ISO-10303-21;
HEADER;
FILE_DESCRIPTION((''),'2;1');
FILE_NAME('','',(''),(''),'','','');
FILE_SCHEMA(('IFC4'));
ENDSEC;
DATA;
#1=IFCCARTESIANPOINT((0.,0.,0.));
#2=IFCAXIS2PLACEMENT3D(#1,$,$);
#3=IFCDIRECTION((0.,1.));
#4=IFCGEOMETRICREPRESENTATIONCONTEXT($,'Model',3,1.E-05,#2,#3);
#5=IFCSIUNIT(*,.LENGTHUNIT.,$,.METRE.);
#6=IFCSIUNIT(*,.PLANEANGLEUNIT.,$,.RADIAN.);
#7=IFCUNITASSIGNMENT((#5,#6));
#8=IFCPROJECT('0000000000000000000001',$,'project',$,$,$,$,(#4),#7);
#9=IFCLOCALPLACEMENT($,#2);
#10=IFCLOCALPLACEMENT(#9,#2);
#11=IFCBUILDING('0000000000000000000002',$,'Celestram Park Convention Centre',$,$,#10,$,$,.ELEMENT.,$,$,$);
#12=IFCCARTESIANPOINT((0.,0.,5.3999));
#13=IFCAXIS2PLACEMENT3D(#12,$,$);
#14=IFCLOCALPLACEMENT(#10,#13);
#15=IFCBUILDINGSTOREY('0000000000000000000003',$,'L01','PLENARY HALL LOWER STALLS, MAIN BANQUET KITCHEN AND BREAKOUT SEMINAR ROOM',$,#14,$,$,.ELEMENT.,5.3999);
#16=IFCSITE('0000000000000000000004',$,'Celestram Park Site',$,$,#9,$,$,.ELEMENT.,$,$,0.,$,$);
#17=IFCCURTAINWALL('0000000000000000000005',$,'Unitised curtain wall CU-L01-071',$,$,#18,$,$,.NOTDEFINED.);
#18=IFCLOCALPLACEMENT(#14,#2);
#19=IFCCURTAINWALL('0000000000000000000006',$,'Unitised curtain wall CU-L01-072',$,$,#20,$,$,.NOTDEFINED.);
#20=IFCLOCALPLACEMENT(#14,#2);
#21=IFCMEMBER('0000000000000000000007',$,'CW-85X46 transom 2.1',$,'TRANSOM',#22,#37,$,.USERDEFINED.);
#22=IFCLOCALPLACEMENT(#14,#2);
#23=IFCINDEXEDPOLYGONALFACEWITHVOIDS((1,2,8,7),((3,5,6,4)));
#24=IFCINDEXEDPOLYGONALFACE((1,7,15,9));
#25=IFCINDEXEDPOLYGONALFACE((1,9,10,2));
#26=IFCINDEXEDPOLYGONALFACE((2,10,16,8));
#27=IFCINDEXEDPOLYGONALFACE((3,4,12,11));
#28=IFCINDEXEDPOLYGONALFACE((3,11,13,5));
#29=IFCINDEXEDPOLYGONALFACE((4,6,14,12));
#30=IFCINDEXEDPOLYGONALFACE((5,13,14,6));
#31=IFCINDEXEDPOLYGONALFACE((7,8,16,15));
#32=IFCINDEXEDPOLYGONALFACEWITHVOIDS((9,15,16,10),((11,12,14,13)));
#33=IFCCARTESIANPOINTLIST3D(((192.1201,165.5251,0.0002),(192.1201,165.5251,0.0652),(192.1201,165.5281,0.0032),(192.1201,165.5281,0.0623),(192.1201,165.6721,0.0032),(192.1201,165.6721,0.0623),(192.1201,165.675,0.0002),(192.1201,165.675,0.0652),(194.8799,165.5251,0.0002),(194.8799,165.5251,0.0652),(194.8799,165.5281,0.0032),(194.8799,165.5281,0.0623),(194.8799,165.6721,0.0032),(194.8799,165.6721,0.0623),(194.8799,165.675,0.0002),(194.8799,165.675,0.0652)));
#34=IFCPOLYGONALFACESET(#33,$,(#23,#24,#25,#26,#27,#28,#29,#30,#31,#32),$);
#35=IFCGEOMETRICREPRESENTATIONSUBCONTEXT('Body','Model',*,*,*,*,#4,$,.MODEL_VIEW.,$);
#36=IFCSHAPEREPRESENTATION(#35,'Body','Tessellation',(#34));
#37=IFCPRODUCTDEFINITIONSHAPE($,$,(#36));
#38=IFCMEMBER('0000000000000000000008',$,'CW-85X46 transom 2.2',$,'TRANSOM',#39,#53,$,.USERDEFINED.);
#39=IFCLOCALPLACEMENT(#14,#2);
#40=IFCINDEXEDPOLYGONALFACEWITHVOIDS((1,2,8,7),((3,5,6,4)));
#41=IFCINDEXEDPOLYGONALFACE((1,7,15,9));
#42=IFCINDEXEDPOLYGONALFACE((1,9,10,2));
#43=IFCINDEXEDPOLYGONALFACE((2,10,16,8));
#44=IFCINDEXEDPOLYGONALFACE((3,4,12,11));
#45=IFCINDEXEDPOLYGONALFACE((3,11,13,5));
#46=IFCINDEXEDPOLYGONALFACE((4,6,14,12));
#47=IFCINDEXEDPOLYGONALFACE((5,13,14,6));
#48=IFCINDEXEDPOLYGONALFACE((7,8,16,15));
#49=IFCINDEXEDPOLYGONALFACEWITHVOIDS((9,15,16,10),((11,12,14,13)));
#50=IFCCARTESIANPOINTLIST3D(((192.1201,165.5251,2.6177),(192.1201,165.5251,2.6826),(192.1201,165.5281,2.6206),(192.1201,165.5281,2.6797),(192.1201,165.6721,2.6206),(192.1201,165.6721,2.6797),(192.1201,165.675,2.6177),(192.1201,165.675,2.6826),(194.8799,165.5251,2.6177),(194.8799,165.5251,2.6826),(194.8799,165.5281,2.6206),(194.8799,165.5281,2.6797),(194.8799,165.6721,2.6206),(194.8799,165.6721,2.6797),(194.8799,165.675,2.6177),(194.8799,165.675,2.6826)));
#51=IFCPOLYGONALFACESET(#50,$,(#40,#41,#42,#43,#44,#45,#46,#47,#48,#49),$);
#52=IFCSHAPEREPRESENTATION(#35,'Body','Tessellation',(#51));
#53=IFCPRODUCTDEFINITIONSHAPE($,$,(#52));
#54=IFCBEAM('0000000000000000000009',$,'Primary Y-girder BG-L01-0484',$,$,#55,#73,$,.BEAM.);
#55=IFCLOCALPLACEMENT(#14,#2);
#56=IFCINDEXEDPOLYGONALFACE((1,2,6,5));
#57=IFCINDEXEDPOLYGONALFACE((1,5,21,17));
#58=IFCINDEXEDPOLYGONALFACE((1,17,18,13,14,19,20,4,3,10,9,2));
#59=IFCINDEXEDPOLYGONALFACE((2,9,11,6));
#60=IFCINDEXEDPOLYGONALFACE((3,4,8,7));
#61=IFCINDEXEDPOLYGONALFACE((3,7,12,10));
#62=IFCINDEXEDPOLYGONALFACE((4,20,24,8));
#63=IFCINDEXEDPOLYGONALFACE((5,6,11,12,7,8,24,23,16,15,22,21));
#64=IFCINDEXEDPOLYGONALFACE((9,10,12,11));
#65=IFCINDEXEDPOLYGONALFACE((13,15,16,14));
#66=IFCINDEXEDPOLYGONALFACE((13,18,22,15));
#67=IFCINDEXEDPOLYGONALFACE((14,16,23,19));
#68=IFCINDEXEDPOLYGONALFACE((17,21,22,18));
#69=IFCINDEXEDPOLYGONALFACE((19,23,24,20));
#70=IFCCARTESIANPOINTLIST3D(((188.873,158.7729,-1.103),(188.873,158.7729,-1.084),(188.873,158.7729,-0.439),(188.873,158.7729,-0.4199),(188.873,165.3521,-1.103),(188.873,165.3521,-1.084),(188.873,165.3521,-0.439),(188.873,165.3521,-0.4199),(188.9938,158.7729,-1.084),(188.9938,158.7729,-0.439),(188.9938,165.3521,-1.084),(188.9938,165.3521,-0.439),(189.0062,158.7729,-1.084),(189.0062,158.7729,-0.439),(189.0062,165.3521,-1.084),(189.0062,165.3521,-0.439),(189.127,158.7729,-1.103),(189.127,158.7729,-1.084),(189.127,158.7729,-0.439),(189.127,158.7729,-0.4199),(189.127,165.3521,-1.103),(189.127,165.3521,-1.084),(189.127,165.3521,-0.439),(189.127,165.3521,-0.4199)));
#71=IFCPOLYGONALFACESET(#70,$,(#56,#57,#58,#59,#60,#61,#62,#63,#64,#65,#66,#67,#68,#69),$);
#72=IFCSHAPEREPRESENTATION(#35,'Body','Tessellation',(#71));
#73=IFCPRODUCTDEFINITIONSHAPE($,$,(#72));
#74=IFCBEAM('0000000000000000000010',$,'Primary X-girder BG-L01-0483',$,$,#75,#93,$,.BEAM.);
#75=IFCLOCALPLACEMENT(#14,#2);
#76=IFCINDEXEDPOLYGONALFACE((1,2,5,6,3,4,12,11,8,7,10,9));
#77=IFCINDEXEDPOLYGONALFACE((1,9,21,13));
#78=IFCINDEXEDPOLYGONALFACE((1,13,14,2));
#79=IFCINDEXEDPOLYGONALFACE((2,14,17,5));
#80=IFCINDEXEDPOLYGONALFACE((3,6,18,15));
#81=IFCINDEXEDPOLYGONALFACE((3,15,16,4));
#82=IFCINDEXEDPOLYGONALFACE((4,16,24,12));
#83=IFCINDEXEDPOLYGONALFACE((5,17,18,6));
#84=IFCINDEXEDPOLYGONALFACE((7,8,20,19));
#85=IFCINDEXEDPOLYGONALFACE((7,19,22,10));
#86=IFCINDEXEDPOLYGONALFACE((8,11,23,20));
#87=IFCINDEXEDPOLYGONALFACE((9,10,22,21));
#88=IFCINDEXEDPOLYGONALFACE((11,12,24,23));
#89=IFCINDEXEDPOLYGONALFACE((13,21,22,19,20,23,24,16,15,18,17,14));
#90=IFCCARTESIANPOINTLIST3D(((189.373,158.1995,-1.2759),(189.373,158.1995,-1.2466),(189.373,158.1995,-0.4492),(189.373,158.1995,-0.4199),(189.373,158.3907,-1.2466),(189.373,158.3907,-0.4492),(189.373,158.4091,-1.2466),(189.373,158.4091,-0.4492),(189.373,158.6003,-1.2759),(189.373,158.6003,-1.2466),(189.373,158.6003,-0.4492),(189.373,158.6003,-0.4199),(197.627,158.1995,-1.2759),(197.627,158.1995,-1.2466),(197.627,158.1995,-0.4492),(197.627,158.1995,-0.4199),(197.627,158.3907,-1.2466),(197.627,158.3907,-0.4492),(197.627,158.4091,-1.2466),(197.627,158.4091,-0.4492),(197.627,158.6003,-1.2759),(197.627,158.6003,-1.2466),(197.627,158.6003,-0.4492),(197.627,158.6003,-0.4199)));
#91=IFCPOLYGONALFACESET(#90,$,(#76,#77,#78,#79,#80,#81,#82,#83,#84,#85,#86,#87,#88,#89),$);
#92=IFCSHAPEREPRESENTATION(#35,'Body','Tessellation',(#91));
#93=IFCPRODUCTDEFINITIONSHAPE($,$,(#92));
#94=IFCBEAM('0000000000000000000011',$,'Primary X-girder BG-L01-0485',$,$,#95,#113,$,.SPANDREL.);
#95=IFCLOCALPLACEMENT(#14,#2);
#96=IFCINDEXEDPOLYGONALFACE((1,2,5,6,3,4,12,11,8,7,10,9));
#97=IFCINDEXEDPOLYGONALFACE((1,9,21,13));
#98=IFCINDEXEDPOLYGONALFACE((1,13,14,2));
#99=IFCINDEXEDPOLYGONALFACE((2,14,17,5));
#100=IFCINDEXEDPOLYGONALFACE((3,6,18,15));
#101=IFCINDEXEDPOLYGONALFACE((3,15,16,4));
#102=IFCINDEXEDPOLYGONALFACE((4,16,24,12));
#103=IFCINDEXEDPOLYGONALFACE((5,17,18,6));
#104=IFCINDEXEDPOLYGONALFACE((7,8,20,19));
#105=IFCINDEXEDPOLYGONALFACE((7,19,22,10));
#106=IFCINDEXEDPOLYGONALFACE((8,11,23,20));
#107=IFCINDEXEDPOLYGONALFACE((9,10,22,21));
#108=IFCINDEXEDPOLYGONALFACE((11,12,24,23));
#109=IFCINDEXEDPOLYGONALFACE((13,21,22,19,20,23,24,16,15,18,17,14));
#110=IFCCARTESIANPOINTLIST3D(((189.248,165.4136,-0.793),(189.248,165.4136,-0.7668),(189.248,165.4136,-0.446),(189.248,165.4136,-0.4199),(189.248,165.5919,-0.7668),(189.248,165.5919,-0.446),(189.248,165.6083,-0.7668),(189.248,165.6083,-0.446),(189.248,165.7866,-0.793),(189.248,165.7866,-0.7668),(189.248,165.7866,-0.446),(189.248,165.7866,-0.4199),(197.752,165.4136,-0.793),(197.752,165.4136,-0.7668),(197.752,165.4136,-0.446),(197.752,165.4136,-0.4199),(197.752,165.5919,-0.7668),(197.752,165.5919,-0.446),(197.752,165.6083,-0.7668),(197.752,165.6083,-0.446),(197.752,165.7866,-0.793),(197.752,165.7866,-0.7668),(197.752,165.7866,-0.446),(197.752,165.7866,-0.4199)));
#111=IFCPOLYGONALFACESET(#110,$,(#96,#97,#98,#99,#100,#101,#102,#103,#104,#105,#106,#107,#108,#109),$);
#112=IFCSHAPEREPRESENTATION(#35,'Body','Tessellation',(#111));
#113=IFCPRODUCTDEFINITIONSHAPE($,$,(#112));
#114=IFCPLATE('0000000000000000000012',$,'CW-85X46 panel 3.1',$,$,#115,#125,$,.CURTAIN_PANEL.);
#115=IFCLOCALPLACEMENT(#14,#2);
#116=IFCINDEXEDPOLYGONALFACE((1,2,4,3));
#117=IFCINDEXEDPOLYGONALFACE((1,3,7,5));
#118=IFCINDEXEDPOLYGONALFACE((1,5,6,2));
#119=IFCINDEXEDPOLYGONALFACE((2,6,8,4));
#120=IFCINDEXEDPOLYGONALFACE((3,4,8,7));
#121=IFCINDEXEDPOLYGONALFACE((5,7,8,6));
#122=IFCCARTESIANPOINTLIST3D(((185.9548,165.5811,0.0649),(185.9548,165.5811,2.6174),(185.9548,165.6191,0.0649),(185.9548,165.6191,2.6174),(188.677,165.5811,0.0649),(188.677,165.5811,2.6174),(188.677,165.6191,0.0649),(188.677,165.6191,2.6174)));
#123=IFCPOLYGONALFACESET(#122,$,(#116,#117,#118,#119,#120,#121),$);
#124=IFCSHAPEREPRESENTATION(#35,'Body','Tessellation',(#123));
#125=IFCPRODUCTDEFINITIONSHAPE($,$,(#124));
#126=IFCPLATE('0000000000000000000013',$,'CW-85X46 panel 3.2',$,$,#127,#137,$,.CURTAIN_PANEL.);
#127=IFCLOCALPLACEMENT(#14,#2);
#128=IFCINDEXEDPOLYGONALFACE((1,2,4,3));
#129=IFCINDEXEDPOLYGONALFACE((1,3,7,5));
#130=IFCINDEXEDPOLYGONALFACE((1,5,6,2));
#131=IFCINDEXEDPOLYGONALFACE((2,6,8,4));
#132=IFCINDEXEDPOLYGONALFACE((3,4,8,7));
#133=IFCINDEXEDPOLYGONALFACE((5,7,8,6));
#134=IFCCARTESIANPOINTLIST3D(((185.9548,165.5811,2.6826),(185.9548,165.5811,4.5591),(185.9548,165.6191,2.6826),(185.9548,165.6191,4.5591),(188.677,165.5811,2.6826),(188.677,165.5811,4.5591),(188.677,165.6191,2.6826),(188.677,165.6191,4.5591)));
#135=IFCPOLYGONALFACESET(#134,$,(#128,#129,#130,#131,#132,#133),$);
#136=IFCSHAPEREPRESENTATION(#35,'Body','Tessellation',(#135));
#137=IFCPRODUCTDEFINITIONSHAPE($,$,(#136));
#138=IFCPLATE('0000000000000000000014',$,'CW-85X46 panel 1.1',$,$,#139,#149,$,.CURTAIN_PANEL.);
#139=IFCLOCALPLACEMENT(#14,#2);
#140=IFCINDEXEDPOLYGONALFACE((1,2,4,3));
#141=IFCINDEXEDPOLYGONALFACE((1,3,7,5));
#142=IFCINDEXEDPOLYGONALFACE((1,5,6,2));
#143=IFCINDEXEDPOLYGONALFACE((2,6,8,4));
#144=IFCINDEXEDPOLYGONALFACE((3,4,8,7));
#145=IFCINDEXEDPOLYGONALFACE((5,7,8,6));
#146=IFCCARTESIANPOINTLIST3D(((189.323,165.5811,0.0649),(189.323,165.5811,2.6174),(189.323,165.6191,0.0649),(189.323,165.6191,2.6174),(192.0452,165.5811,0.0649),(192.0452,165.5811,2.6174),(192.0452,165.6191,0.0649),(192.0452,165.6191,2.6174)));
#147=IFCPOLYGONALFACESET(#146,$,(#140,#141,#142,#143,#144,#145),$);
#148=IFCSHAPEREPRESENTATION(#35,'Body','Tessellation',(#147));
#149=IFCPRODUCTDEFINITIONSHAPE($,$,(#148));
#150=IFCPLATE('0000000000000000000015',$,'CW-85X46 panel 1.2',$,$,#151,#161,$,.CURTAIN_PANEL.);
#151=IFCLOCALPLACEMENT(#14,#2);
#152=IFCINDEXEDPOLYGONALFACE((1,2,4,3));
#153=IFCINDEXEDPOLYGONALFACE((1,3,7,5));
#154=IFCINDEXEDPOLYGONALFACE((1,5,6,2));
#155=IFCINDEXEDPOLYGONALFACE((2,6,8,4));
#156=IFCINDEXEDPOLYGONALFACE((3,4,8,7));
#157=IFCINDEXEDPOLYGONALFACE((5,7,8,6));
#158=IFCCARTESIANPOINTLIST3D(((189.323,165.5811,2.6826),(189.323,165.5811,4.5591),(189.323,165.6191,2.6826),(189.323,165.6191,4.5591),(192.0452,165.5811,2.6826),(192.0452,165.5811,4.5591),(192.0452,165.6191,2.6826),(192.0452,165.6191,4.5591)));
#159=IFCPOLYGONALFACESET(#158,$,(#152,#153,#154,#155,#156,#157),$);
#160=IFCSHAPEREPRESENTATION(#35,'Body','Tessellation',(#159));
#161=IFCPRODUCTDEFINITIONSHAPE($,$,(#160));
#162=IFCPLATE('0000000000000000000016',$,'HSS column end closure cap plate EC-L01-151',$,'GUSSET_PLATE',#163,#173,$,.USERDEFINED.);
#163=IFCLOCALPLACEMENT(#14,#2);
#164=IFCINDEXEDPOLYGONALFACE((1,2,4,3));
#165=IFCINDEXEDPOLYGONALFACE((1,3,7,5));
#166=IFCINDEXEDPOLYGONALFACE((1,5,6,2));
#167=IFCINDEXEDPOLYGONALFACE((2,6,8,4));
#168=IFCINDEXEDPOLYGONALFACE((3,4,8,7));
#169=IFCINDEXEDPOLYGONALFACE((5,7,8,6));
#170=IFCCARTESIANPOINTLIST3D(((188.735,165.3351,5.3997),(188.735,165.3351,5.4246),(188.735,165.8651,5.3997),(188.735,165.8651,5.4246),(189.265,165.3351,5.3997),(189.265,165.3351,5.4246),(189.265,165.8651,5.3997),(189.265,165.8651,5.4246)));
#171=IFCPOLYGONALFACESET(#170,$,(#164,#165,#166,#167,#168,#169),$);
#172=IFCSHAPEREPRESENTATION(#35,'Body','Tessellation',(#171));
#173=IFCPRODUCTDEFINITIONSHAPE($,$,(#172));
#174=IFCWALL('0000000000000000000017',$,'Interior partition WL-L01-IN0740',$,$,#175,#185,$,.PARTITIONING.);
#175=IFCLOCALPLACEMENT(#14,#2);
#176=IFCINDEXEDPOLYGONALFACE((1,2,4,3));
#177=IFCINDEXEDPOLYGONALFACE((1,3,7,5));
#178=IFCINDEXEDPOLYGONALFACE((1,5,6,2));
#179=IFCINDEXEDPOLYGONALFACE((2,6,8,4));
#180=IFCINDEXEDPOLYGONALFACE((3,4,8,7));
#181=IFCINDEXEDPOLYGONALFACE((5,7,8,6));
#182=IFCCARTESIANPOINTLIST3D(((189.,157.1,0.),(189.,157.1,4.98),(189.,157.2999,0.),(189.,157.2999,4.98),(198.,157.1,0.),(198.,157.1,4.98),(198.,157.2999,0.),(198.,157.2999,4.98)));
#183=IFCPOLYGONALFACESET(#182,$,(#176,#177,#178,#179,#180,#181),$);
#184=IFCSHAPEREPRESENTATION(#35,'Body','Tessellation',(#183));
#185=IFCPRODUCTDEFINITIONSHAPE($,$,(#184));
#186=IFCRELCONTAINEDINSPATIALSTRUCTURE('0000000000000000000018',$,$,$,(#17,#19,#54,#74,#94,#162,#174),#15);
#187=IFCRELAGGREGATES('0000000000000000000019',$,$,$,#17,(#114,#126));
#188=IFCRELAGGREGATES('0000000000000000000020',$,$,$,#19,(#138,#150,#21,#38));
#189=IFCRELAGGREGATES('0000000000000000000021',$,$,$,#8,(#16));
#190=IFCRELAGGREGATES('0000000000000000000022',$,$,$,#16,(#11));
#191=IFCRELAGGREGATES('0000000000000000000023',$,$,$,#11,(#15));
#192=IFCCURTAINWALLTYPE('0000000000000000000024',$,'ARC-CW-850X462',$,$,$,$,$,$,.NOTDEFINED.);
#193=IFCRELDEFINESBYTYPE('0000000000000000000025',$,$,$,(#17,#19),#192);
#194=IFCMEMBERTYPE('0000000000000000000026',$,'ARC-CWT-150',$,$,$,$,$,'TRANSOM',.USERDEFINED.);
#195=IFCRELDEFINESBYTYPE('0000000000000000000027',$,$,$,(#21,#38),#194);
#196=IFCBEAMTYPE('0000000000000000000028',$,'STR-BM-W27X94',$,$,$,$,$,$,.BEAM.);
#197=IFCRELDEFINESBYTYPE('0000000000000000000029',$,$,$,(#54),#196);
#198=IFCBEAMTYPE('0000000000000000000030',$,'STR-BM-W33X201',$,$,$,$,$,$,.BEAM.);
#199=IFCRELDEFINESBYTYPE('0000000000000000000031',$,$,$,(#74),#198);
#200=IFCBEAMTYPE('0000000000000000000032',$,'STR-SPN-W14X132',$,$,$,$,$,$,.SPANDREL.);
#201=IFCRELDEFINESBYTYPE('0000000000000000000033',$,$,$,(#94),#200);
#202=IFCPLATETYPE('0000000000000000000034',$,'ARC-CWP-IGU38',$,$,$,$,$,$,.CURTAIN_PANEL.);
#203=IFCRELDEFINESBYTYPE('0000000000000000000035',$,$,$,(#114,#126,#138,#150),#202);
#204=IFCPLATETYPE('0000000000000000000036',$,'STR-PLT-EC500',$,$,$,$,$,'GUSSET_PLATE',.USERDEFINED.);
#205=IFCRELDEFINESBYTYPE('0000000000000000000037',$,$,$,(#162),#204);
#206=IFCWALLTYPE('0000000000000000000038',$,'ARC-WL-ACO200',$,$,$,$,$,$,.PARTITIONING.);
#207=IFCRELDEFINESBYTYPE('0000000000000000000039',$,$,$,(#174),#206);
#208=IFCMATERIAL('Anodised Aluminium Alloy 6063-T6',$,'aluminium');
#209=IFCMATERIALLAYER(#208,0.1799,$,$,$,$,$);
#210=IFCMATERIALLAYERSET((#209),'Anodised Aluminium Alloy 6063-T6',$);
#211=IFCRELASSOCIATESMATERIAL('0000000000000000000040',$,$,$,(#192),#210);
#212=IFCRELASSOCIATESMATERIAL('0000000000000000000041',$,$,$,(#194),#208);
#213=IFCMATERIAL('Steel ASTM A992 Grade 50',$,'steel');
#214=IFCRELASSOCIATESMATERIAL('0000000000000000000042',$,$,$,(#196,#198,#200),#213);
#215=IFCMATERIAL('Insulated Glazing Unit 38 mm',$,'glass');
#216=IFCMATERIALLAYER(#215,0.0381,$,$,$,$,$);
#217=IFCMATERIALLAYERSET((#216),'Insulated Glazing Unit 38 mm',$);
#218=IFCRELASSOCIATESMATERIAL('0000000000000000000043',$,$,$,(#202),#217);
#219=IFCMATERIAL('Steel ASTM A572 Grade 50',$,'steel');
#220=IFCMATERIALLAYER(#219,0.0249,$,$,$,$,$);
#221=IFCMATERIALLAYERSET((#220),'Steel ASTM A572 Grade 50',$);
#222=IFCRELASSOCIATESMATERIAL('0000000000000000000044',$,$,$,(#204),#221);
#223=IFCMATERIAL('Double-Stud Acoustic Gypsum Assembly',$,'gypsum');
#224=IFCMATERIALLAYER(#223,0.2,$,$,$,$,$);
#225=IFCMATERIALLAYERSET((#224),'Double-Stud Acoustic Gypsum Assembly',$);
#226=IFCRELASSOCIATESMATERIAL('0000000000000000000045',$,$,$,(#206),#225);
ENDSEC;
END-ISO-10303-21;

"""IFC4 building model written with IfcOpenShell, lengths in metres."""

from ifc_helpers import new_model, si_unit, direction, frame, frame_2d, origin, origin_2d, place, context, subcontext, project, spatial, rectangle, hollow_rectangle, i_section, extrude, material, layer, layer_set, material_profile, profile_set, type_object, element, aggregate, save


model = new_model("IFC4")

# Units and contexts
model_context = context("Model", 3, precision=1e-05, world=origin(), true_north=direction((0.0, 1.0)))
body_context = subcontext(model_context, "Body", "Model", "MODEL_VIEW")
ifc_project = project(units=[si_unit("LENGTHUNIT", "METRE"), si_unit("PLANEANGLEUNIT", "RADIAN")], contexts=[model_context])

# Site, building, storey
site_placement = place(None, origin())
site = spatial("IfcSite", under=ifc_project, at=site_placement, Name="Celestram Park Site", CompositionType="ELEMENT", RefElevation=0.0)
building_placement = place(site_placement, origin())
building = spatial("IfcBuilding", under=site, at=building_placement, Name="Celestram Park Convention Centre", CompositionType="ELEMENT")
storey_placement = place(building_placement, frame((0.0, 0.0, 5.3999)))
storey = spatial("IfcBuildingStorey", under=building, at=storey_placement, Name="L01", Description="PLENARY HALL LOWER STALLS, MAIN BANQUET KITCHEN AND BREAKOUT SEMINAR ROOM", CompositionType="ELEMENT", Elevation=5.3999)

# Curtain walls
ifc_material_1 = material(Name="Anodised Aluminium Alloy 6063-T6", Category="aluminium")
ifc_layer_1 = layer(ifc_material_1, 0.1799)
ifc_layer_set_1 = layer_set([ifc_layer_1], Name="Anodised Aluminium Alloy 6063-T6")
curtain_wall_type = type_object("IfcCurtainWallType", Name="ARC-CW-850X462", PredefinedType="NOTDEFINED", material=ifc_layer_set_1)
curtain_wall_1_placement = place(storey_placement, origin())
curtain_wall_1 = element("IfcCurtainWall", 1, at=curtain_wall_1_placement, inside=storey, type_object=curtain_wall_type, Name="Unitised curtain wall CU-L01-071", PredefinedType="NOTDEFINED")
curtain_wall_2_placement = place(storey_placement, origin())
curtain_wall_2 = element("IfcCurtainWall", 2, at=curtain_wall_2_placement, inside=storey, type_object=curtain_wall_type, Name="Unitised curtain wall CU-L01-072", PredefinedType="NOTDEFINED")

# Members
ifc_material_profile_1 = material_profile(ifc_material_1, hollow_rectangle(XDim=0.1499, YDim=0.0649, WallThickness=0.0029, at=origin_2d()), Name="ALU150X65X3")
ifc_profile_set_1 = profile_set([ifc_material_profile_1], Name="Anodised Aluminium Alloy 6063-T6")
member_type_1 = type_object("IfcMemberType", Name="ARC-CWT-150", ElementType="TRANSOM", PredefinedType="USERDEFINED", material=ifc_profile_set_1)
member_1_placement = place(storey_placement, frame((192.1201, 165.6001, 0.0327), z_axis=(1.0, 0.0, 0.0), x_axis=(0.0, 1.0, 0.0)))
member_1 = element("IfcMember", 3, at=member_1_placement, type_object=member_type_1, Name="CW-85X46 transom 2.1", ObjectType="TRANSOM", PredefinedType="USERDEFINED", context=body_context, shape_type="SweptSolid", body=[
    extrude(hollow_rectangle(XDim=0.1499, YDim=0.0649, WallThickness=0.0029, at=origin_2d()), origin(), (0.0, 0.0, 1.0), 2.7598),
])
member_2_placement = place(storey_placement, frame((192.1201, 165.6001, 2.6501), z_axis=(1.0, 0.0, 0.0), x_axis=(0.0, 1.0, 0.0)))
member_2 = element("IfcMember", 4, at=member_2_placement, type_object=member_type_1, Name="CW-85X46 transom 2.2", ObjectType="TRANSOM", PredefinedType="USERDEFINED", context=body_context, shape_type="SweptSolid", body=[
    extrude(hollow_rectangle(XDim=0.1499, YDim=0.0649, WallThickness=0.0029, at=origin_2d()), origin(), (0.0, 0.0, 1.0), 2.7598),
])

# Beams
ifc_material_2 = material(Name="Steel ASTM A992 Grade 50", Category="steel")
ifc_material_profile_2 = material_profile(ifc_material_2, i_section(OverallWidth=0.2539, OverallDepth=0.6831, WebThickness=0.0125, FlangeThickness=0.019, at=origin_2d()), Name="W27X94")
ifc_profile_set_2 = profile_set([ifc_material_profile_2], Name="Steel ASTM A992 Grade 50")
beam_type_1 = type_object("IfcBeamType", Name="STR-BM-W27X94", PredefinedType="BEAM", material=ifc_profile_set_2)
beam_1_placement = place(storey_placement, frame((189.0, 158.7729, -0.7615), z_axis=(0.0, 1.0, 0.0), x_axis=(-1.0, 0.0, 0.0)))
element("IfcBeam", 5, at=beam_1_placement, inside=storey, type_object=beam_type_1, Name="Primary Y-girder BG-L01-0484", PredefinedType="BEAM", context=body_context, shape_type="SweptSolid", body=[
    extrude(i_section(OverallWidth=0.2539, OverallDepth=0.6831, WebThickness=0.0125, FlangeThickness=0.019, at=origin_2d()), origin(), (0.0, 0.0, 1.0), 6.5791),
])
ifc_material_profile_3 = material_profile(ifc_material_2, i_section(OverallWidth=0.4009, OverallDepth=0.856, WebThickness=0.0183, FlangeThickness=0.0293, at=origin_2d()), Name="W33X201")
ifc_profile_set_3 = profile_set([ifc_material_profile_3], Name="Steel ASTM A992 Grade 50")
beam_type_2 = type_object("IfcBeamType", Name="STR-BM-W33X201", PredefinedType="BEAM", material=ifc_profile_set_3)
beam_2_placement = place(storey_placement, frame((189.373, 158.3999, -0.8479), z_axis=(1.0, 0.0, 0.0), x_axis=(0.0, 1.0, 0.0)))
element("IfcBeam", 6, at=beam_2_placement, inside=storey, type_object=beam_type_2, Name="Primary X-girder BG-L01-0483", PredefinedType="BEAM", context=body_context, shape_type="SweptSolid", body=[
    extrude(i_section(OverallWidth=0.4009, OverallDepth=0.856, WebThickness=0.0183, FlangeThickness=0.0293, at=origin_2d()), origin(), (0.0, 0.0, 1.0), 8.2539),
])
ifc_material_profile_4 = material_profile(ifc_material_2, i_section(OverallWidth=0.373, OverallDepth=0.373, WebThickness=0.0164, FlangeThickness=0.0261, at=origin_2d()), Name="W14X132")
ifc_profile_set_4 = profile_set([ifc_material_profile_4], Name="Steel ASTM A992 Grade 50")
beam_type_3 = type_object("IfcBeamType", Name="STR-SPN-W14X132", PredefinedType="SPANDREL", material=ifc_profile_set_4)
beam_3_placement = place(storey_placement, frame((189.248, 165.6001, -0.6064), z_axis=(1.0, 0.0, 0.0), x_axis=(0.0, 1.0, 0.0)))
element("IfcBeam", 7, at=beam_3_placement, inside=storey, type_object=beam_type_3, Name="Primary X-girder BG-L01-0485", PredefinedType="SPANDREL", context=body_context, shape_type="SweptSolid", body=[
    extrude(i_section(OverallWidth=0.373, OverallDepth=0.373, WebThickness=0.0164, FlangeThickness=0.0261, at=origin_2d()), origin(), (0.0, 0.0, 1.0), 8.5039),
])

# Plates
ifc_material_3 = material(Name="Insulated Glazing Unit 38 mm", Category="glass")
ifc_layer_2 = layer(ifc_material_3, 0.0381)
ifc_layer_set_2 = layer_set([ifc_layer_2], Name="Insulated Glazing Unit 38 mm")
plate_type_1 = type_object("IfcPlateType", Name="ARC-CWP-IGU38", PredefinedType="CURTAIN_PANEL", material=ifc_layer_set_2)
plate_1_placement = place(storey_placement, frame((187.3159, 165.6001, 0.0649), z_axis=(0.0, 0.0, 1.0), x_axis=(1.0, 0.0, 0.0)))
plate_1 = element("IfcPlate", 8, at=plate_1_placement, type_object=plate_type_1, Name="CW-85X46 panel 3.1", PredefinedType="CURTAIN_PANEL", context=body_context, shape_type="SweptSolid", body=[
    extrude(rectangle(XDim=2.7222, YDim=0.0381, at=origin_2d()), origin(), (0.0, 0.0, 1.0), 2.5525),
])
plate_2_placement = place(storey_placement, frame((187.3159, 165.6001, 2.6826), z_axis=(0.0, 0.0, 1.0), x_axis=(1.0, 0.0, 0.0)))
plate_2 = element("IfcPlate", 9, at=plate_2_placement, type_object=plate_type_1, Name="CW-85X46 panel 3.2", PredefinedType="CURTAIN_PANEL", context=body_context, shape_type="SweptSolid", body=[
    extrude(rectangle(XDim=2.7222, YDim=0.0381, at=origin_2d()), origin(), (0.0, 0.0, 1.0), 1.8765),
])
aggregate(curtain_wall_1, [plate_1, plate_2])
plate_3_placement = place(storey_placement, frame((190.6841, 165.6001, 0.0649), z_axis=(0.0, 0.0, 1.0), x_axis=(1.0, 0.0, 0.0)))
plate_3 = element("IfcPlate", 10, at=plate_3_placement, type_object=plate_type_1, Name="CW-85X46 panel 1.1", PredefinedType="CURTAIN_PANEL", context=body_context, shape_type="SweptSolid", body=[
    extrude(rectangle(XDim=2.7222, YDim=0.0381, at=origin_2d()), origin(), (0.0, 0.0, 1.0), 2.5525),
])
plate_4_placement = place(storey_placement, frame((190.6841, 165.6001, 2.6826), z_axis=(0.0, 0.0, 1.0), x_axis=(1.0, 0.0, 0.0)))
plate_4 = element("IfcPlate", 11, at=plate_4_placement, type_object=plate_type_1, Name="CW-85X46 panel 1.2", PredefinedType="CURTAIN_PANEL", context=body_context, shape_type="SweptSolid", body=[
    extrude(rectangle(XDim=2.7222, YDim=0.0381, at=origin_2d()), origin(), (0.0, 0.0, 1.0), 1.8765),
])
aggregate(curtain_wall_2, [plate_3, plate_4, member_1, member_2])
ifc_material_4 = material(Name="Steel ASTM A572 Grade 50", Category="steel")
ifc_layer_3 = layer(ifc_material_4, 0.0249)
ifc_layer_set_3 = layer_set([ifc_layer_3], Name="Steel ASTM A572 Grade 50")
plate_type_2 = type_object("IfcPlateType", Name="STR-PLT-EC500", ElementType="GUSSET_PLATE", PredefinedType="USERDEFINED", material=ifc_layer_set_3)
plate_5_placement = place(storey_placement, frame((189.0, 165.6001, 5.3997), z_axis=(0.0, 0.0, 1.0), x_axis=(1.0, 0.0, 0.0)))
element("IfcPlate", 12, at=plate_5_placement, inside=storey, type_object=plate_type_2, Name="HSS column end closure cap plate EC-L01-151", ObjectType="GUSSET_PLATE", PredefinedType="USERDEFINED", context=body_context, shape_type="SweptSolid", body=[
    extrude(rectangle(XDim=0.53, YDim=0.53, at=origin_2d()), origin(), (0.0, 0.0, 1.0), 0.0249),
])

# Wall
ifc_material_5 = material(Name="Double-Stud Acoustic Gypsum Assembly", Category="gypsum")
ifc_layer_4 = layer(ifc_material_5, 0.2)
ifc_layer_set_4 = layer_set([ifc_layer_4], Name="Double-Stud Acoustic Gypsum Assembly")
wall_type_1 = type_object("IfcWallType", Name="ARC-WL-ACO200", PredefinedType="PARTITIONING", material=ifc_layer_set_4)
wall_1_placement = place(storey_placement, frame((189.0, 157.2, 0.0), z_axis=(0.0, 0.0, 1.0), x_axis=(1.0, 0.0, 0.0)))
element("IfcWall", 13, at=wall_1_placement, inside=storey, type_object=wall_type_1, Name="Interior partition WL-L01-IN0740", PredefinedType="PARTITIONING", context=body_context, shape_type="SweptSolid", body=[
    extrude(rectangle(XDim=9.0, YDim=0.2, at=frame_2d((4.5, 0.0))), origin(), (0.0, 0.0, 1.0), 4.98),
])

save(model, "model.ifc")
